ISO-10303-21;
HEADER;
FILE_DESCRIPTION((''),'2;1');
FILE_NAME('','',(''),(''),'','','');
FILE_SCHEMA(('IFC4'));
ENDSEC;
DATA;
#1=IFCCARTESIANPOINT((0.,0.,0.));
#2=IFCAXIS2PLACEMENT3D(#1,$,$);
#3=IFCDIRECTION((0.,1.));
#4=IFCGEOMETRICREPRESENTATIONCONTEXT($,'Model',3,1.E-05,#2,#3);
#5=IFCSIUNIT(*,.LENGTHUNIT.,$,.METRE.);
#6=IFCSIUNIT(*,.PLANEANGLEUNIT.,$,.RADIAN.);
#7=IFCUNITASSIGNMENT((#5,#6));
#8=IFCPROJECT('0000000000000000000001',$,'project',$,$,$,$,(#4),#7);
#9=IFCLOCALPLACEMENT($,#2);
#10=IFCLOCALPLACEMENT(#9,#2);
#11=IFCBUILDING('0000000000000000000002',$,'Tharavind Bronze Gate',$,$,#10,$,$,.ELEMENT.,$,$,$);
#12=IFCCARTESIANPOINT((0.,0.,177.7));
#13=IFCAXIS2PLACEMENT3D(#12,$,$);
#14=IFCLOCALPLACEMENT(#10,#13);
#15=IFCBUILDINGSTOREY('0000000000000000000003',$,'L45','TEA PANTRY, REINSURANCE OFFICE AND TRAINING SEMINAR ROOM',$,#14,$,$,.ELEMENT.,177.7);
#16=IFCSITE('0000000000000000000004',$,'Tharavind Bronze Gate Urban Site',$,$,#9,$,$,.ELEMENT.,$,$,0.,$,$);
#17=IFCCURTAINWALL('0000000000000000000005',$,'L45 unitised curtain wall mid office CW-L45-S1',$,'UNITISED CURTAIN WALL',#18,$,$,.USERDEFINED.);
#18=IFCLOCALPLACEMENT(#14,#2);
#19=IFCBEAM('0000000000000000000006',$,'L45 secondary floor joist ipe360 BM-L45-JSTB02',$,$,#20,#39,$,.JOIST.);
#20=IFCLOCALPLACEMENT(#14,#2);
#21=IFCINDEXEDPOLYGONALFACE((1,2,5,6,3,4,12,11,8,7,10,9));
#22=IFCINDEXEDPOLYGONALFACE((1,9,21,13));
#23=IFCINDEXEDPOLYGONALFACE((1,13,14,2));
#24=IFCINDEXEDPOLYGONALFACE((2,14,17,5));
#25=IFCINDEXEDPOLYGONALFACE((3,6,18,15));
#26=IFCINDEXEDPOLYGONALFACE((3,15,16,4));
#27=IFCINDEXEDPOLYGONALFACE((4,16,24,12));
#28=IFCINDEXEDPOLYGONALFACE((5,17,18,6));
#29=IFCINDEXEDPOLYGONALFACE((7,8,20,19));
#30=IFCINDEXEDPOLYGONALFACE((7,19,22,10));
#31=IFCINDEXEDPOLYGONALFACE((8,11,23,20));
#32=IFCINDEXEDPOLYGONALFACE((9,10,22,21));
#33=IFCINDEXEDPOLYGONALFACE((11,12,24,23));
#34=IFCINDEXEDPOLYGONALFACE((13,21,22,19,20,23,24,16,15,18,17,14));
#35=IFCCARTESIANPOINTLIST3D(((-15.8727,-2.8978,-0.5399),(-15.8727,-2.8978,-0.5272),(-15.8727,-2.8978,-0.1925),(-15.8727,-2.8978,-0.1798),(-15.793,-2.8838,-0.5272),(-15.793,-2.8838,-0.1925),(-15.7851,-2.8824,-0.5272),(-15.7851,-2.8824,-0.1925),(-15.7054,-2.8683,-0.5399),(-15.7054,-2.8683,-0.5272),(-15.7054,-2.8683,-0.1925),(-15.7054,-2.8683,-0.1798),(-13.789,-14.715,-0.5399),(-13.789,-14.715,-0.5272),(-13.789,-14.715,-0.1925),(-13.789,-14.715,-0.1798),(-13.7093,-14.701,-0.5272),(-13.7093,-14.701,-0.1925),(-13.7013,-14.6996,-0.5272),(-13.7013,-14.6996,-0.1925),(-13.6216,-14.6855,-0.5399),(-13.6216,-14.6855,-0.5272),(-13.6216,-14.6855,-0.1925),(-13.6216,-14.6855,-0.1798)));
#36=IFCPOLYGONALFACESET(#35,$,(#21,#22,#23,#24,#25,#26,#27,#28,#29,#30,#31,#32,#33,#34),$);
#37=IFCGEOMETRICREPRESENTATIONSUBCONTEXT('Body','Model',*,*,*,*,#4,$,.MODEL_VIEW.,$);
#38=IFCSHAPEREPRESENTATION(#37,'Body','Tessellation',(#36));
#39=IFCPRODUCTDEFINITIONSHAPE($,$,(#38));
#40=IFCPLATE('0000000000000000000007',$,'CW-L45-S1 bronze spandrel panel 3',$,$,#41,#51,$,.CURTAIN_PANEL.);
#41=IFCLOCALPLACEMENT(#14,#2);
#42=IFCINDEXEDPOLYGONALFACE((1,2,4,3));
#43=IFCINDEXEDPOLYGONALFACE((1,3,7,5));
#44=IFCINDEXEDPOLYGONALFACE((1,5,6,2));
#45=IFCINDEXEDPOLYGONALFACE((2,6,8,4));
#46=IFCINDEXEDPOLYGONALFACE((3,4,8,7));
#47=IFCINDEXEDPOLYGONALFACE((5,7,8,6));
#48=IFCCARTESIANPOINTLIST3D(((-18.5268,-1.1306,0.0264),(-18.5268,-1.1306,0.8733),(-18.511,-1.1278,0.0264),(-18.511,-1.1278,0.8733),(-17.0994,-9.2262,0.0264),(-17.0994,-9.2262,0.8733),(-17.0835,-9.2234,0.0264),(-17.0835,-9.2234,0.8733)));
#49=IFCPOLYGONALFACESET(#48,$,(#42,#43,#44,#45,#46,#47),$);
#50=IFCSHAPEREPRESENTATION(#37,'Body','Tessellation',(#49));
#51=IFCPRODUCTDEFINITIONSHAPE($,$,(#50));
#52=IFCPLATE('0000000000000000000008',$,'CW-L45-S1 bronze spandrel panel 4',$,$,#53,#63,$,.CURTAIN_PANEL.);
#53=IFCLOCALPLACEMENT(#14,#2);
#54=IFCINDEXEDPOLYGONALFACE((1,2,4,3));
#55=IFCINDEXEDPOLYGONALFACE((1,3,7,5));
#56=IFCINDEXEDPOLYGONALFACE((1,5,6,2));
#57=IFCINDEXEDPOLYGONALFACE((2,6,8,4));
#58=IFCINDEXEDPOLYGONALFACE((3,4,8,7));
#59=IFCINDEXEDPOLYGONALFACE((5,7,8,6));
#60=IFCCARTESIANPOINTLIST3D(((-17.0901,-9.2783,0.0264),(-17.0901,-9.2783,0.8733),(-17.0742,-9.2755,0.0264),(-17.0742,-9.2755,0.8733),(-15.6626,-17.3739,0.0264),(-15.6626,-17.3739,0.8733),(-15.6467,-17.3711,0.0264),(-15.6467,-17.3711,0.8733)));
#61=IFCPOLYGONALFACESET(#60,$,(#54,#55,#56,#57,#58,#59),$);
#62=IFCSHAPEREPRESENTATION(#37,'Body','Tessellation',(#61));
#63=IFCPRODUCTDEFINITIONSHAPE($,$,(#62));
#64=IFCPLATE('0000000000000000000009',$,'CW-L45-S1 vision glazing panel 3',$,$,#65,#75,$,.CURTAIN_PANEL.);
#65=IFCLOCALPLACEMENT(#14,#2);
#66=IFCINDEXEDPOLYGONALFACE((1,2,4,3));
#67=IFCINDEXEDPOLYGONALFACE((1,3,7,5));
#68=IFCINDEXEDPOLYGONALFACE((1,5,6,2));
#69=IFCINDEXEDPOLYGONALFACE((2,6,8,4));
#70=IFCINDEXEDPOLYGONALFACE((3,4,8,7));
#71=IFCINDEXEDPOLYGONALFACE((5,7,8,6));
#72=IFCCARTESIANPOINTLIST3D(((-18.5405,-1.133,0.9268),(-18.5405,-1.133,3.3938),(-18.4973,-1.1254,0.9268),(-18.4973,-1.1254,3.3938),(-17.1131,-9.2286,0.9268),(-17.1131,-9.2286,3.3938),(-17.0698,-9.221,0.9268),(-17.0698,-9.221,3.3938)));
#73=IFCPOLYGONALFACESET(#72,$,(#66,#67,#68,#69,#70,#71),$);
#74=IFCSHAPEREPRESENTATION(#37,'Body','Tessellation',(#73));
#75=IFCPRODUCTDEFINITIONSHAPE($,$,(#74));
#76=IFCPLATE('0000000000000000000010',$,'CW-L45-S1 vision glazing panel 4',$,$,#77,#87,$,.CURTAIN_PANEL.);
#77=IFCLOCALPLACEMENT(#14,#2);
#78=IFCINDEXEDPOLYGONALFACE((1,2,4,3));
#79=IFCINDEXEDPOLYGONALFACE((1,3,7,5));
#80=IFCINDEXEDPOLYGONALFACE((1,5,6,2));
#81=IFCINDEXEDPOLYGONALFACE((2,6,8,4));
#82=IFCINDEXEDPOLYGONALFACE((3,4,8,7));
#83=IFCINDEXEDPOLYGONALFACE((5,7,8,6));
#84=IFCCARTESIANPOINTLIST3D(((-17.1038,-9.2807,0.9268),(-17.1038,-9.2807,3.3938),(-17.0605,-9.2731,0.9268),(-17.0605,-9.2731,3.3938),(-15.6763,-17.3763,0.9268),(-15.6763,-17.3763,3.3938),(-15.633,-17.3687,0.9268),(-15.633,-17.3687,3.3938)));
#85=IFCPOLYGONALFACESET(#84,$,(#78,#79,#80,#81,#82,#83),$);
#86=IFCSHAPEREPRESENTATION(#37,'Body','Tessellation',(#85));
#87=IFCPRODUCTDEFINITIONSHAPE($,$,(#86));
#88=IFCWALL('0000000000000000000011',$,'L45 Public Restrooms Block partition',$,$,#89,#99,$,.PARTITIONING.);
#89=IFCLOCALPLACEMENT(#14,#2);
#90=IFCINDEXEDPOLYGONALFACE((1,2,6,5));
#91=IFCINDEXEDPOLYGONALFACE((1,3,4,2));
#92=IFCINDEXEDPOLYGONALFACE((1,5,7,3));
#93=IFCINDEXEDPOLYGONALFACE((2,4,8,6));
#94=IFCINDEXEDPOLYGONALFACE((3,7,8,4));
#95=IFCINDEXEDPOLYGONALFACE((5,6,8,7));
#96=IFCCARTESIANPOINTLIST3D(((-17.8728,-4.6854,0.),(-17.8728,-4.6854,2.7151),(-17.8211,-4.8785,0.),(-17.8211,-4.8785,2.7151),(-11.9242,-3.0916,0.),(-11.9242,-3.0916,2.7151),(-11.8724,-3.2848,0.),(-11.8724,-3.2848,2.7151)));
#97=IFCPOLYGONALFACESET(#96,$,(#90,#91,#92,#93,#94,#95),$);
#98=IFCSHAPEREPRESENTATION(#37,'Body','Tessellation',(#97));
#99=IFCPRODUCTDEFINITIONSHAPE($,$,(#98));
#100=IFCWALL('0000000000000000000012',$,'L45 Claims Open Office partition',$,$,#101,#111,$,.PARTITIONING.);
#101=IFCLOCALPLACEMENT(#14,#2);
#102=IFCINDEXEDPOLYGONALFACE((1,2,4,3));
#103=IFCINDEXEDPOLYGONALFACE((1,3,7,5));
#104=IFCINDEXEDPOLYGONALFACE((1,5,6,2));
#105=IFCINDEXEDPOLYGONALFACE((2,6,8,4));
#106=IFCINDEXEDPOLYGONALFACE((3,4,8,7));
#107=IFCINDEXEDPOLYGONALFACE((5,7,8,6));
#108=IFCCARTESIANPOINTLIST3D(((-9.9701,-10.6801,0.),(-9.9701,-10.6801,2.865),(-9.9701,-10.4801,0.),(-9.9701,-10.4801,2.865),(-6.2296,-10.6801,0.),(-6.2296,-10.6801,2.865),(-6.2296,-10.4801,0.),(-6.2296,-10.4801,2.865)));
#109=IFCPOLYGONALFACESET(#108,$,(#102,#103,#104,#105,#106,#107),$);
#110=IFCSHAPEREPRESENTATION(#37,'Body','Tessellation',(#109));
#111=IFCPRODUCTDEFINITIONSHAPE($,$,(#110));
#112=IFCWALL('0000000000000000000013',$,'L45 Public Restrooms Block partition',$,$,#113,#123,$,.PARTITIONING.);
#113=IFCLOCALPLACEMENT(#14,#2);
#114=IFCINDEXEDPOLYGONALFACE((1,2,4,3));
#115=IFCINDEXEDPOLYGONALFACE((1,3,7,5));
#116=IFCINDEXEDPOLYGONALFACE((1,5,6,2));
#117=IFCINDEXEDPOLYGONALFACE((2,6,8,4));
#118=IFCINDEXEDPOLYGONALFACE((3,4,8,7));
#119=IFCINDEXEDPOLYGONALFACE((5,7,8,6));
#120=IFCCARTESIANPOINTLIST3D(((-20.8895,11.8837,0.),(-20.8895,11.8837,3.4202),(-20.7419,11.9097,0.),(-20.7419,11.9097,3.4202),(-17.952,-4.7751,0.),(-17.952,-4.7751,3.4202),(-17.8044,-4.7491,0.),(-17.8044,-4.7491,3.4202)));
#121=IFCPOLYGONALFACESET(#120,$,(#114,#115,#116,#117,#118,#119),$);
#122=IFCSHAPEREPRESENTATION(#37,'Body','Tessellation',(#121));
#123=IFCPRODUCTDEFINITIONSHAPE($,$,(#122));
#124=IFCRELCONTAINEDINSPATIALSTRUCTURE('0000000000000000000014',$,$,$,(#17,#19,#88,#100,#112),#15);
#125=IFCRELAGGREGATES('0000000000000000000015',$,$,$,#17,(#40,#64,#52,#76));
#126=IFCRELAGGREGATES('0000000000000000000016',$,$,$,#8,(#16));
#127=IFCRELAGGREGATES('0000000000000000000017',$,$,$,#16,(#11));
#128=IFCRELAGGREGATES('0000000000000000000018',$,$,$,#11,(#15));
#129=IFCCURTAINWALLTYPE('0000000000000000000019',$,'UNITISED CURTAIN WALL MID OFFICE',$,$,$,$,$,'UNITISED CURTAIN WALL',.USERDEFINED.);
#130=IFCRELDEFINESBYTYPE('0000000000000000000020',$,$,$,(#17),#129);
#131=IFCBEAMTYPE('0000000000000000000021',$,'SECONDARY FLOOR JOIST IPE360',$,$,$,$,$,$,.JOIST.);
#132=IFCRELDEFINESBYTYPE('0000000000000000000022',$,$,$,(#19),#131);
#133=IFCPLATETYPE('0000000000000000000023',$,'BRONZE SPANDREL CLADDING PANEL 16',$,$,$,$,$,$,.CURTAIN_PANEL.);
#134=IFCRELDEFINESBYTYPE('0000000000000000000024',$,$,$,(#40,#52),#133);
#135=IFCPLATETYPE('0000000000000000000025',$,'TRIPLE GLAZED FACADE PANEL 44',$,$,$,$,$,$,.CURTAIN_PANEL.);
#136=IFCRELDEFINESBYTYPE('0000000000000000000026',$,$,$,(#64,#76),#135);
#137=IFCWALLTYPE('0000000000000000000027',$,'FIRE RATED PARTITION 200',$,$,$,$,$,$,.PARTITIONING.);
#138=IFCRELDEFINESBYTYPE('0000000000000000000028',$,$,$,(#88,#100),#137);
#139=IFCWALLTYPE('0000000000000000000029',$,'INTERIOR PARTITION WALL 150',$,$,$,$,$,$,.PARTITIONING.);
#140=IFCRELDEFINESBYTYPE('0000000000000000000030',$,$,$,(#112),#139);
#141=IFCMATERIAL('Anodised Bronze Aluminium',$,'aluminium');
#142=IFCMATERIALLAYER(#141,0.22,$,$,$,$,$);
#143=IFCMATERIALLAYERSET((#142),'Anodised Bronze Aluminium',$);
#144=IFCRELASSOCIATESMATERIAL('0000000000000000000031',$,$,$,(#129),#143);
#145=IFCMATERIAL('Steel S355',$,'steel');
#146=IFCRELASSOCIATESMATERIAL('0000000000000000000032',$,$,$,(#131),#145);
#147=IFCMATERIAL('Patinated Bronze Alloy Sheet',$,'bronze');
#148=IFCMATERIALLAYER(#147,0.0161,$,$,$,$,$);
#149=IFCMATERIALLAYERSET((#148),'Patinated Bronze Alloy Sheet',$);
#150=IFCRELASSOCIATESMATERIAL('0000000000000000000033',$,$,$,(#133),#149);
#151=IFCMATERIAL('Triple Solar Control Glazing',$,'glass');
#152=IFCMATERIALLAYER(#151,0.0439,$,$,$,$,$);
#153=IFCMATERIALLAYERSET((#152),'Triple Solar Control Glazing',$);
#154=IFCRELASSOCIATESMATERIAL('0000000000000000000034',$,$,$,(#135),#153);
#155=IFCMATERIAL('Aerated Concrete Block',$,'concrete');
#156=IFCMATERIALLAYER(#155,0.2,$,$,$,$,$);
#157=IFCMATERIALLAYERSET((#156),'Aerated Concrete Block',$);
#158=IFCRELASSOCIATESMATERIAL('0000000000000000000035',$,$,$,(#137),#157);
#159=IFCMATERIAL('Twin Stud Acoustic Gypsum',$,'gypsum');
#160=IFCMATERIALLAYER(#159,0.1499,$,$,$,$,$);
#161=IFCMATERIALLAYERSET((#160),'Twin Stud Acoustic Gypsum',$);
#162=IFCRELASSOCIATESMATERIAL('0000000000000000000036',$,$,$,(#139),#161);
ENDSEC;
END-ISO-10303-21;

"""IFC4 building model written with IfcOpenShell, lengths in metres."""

from ifc_helpers import new_model, si_unit, direction, frame, frame_2d, origin, origin_2d, place, context, subcontext, project, spatial, rectangle, i_section, extrude, material, layer, layer_set, material_profile, profile_set, type_object, element, aggregate, save


model = new_model("IFC4")

# Units and contexts
model_context = context("Model", 3, precision=1e-05, world=origin(), true_north=direction((0.0, 1.0)))
body_context = subcontext(model_context, "Body", "Model", "MODEL_VIEW")
ifc_project = project(units=[si_unit("LENGTHUNIT", "METRE"), si_unit("PLANEANGLEUNIT", "RADIAN")], contexts=[model_context])

# Site, building, storey
site_placement = place(None, origin())
site = spatial("IfcSite", under=ifc_project, at=site_placement, Name="Tharavind Bronze Gate Urban Site", CompositionType="ELEMENT", RefElevation=0.0)
building_placement = place(site_placement, origin())
building = spatial("IfcBuilding", under=site, at=building_placement, Name="Tharavind Bronze Gate", CompositionType="ELEMENT")
storey_placement = place(building_placement, frame((0.0, 0.0, 177.7)))
storey = spatial("IfcBuildingStorey", under=building, at=storey_placement, Name="L45", Description="TEA PANTRY, REINSURANCE OFFICE AND TRAINING SEMINAR ROOM", CompositionType="ELEMENT", Elevation=177.7)

# Curtain wall
ifc_material_1 = material(Name="Anodised Bronze Aluminium", Category="aluminium")
ifc_layer_1 = layer(ifc_material_1, 0.22)
ifc_layer_set_1 = layer_set([ifc_layer_1], Name="Anodised Bronze Aluminium")
curtain_wall_type = type_object("IfcCurtainWallType", Name="UNITISED CURTAIN WALL MID OFFICE", ElementType="UNITISED CURTAIN WALL", PredefinedType="USERDEFINED", material=ifc_layer_set_1)
curtain_wall_placement = place(storey_placement, origin())
curtain_wall = element("IfcCurtainWall", 1, at=curtain_wall_placement, inside=storey, type_object=curtain_wall_type, Name="L45 unitised curtain wall mid office CW-L45-S1", ObjectType="UNITISED CURTAIN WALL", PredefinedType="USERDEFINED")

# Beam
ifc_material_2 = material(Name="Steel S355", Category="steel")
ifc_material_profile_1 = material_profile(ifc_material_2, i_section(OverallWidth=0.1699, OverallDepth=0.3601, WebThickness=0.0081, FlangeThickness=0.0127, at=origin_2d()), Name="IPE360")
ifc_profile_set_1 = profile_set([ifc_material_profile_1], Name="Steel S355")
beam_type_1 = type_object("IfcBeamType", Name="SECONDARY FLOOR JOIST IPE360", PredefinedType="JOIST", material=ifc_profile_set_1)
beam_1_placement = place(storey_placement, frame((-15.7891, -2.8831, -0.3599), z_axis=(0.173653, -0.984807, 0.0), x_axis=(0.984807, 0.173653, 0.0)))
element("IfcBeam", 2, at=beam_1_placement, inside=storey, type_object=beam_type_1, Name="L45 secondary floor joist ipe360 BM-L45-JSTB02", PredefinedType="JOIST", context=body_context, shape_type="SweptSolid", body=[
    extrude(i_section(OverallWidth=0.1699, OverallDepth=0.3601, WebThickness=0.0081, FlangeThickness=0.0127, at=origin_2d()), origin(), (0.0, 0.0, 1.0), 11.9995),
])

# Plates
ifc_material_3 = material(Name="Patinated Bronze Alloy Sheet", Category="bronze")
ifc_layer_2 = layer(ifc_material_3, 0.0161)
ifc_layer_set_2 = layer_set([ifc_layer_2], Name="Patinated Bronze Alloy Sheet")
plate_type_1 = type_object("IfcPlateType", Name="BRONZE SPANDREL CLADDING PANEL 16", PredefinedType="CURTAIN_PANEL", material=ifc_layer_set_2)
plate_1_placement = place(storey_placement, frame((-17.8052, -5.177, 0.0264), z_axis=(0.0, 0.0, 1.0), x_axis=(0.173648, -0.984808, 0.0)))
plate_1 = element("IfcPlate", 3, at=plate_1_placement, type_object=plate_type_1, Name="CW-L45-S1 bronze spandrel panel 3", PredefinedType="CURTAIN_PANEL", context=body_context, shape_type="SweptSolid", body=[
    extrude(rectangle(XDim=8.2205, YDim=0.0161, at=origin_2d()), origin(), (0.0, 0.0, 1.0), 0.8469),
])
plate_2_placement = place(storey_placement, frame((-16.3684, -13.3247, 0.0264), z_axis=(0.0, 0.0, 1.0), x_axis=(0.173648, -0.984808, 0.0)))
plate_2 = element("IfcPlate", 4, at=plate_2_placement, type_object=plate_type_1, Name="CW-L45-S1 bronze spandrel panel 4", PredefinedType="CURTAIN_PANEL", context=body_context, shape_type="SweptSolid", body=[
    extrude(rectangle(XDim=8.2205, YDim=0.0161, at=origin_2d()), origin(), (0.0, 0.0, 1.0), 0.8469),
])
ifc_material_4 = material(Name="Triple Solar Control Glazing", Category="glass")
ifc_layer_3 = layer(ifc_material_4, 0.0439)
ifc_layer_set_3 = layer_set([ifc_layer_3], Name="Triple Solar Control Glazing")
plate_type_2 = type_object("IfcPlateType", Name="TRIPLE GLAZED FACADE PANEL 44", PredefinedType="CURTAIN_PANEL", material=ifc_layer_set_3)
plate_3_placement = place(storey_placement, frame((-17.8052, -5.177, 0.9268), z_axis=(0.0, 0.0, 1.0), x_axis=(0.173648, -0.984808, 0.0)))
plate_3 = element("IfcPlate", 5, at=plate_3_placement, type_object=plate_type_2, Name="CW-L45-S1 vision glazing panel 3", PredefinedType="CURTAIN_PANEL", context=body_context, shape_type="SweptSolid", body=[
    extrude(rectangle(XDim=8.2205, YDim=0.0439, at=origin_2d()), origin(), (0.0, 0.0, 1.0), 2.467),
])
plate_4_placement = place(storey_placement, frame((-16.3684, -13.3247, 0.9268), z_axis=(0.0, 0.0, 1.0), x_axis=(0.173648, -0.984808, 0.0)))
plate_4 = element("IfcPlate", 6, at=plate_4_placement, type_object=plate_type_2, Name="CW-L45-S1 vision glazing panel 4", PredefinedType="CURTAIN_PANEL", context=body_context, shape_type="SweptSolid", body=[
    extrude(rectangle(XDim=8.2205, YDim=0.0439, at=origin_2d()), origin(), (0.0, 0.0, 1.0), 2.467),
])
aggregate(curtain_wall, [plate_1, plate_3, plate_2, plate_4])

# Walls
ifc_material_5 = material(Name="Aerated Concrete Block", Category="concrete")
ifc_layer_4 = layer(ifc_material_5, 0.2)
ifc_layer_set_4 = layer_set([ifc_layer_4], Name="Aerated Concrete Block")
wall_type_1 = type_object("IfcWallType", Name="FIRE RATED PARTITION 200", PredefinedType="PARTITIONING", material=ifc_layer_set_4)
wall_1_placement = place(storey_placement, frame((-11.8984, -3.1882, 0.0), z_axis=(0.0, 0.0, 1.0), x_axis=(-0.965934, -0.258788, 0.0)))
element("IfcWall", 7, at=wall_1_placement, inside=storey, type_object=wall_type_1, Name="L45 Public Restrooms Block partition", PredefinedType="PARTITIONING", context=body_context, shape_type="SweptSolid", body=[
    extrude(rectangle(XDim=6.1584, YDim=0.2, at=frame_2d((3.0791, 0.0))), origin(), (0.0, 0.0, 1.0), 2.7151),
])
wall_2_placement = place(storey_placement, frame((-9.97, -10.5801, 0.0), z_axis=(0.0, 0.0, 1.0), x_axis=(1.0, 0.0, 0.0)))
element("IfcWall", 8, at=wall_2_placement, inside=storey, type_object=wall_type_1, Name="L45 Claims Open Office partition", PredefinedType="PARTITIONING", context=body_context, shape_type="SweptSolid", body=[
    extrude(rectangle(XDim=3.7405, YDim=0.2, at=frame_2d((1.8701, 0.0))), origin(), (0.0, 0.0, 1.0), 2.865),
])
ifc_material_6 = material(Name="Twin Stud Acoustic Gypsum", Category="gypsum")
ifc_layer_5 = layer(ifc_material_6, 0.1499)
ifc_layer_set_5 = layer_set([ifc_layer_5], Name="Twin Stud Acoustic Gypsum")
wall_type_2 = type_object("IfcWallType", Name="INTERIOR PARTITION WALL 150", PredefinedType="PARTITIONING", material=ifc_layer_set_5)
wall_3_placement = place(storey_placement, frame((-17.8782, -4.7622, 0.0), z_axis=(0.0, 0.0, 1.0), x_axis=(-0.173655, 0.984807, 0.0)))
element("IfcWall", 9, at=wall_3_placement, inside=storey, type_object=wall_type_2, Name="L45 Public Restrooms Block partition", PredefinedType="PARTITIONING", context=body_context, shape_type="SweptSolid", body=[
    extrude(rectangle(XDim=16.9158, YDim=0.1499, at=frame_2d((8.458, 0.0))), origin(), (0.0, 0.0, 1.0), 3.4202),
])

save(model, "model.ifc")
